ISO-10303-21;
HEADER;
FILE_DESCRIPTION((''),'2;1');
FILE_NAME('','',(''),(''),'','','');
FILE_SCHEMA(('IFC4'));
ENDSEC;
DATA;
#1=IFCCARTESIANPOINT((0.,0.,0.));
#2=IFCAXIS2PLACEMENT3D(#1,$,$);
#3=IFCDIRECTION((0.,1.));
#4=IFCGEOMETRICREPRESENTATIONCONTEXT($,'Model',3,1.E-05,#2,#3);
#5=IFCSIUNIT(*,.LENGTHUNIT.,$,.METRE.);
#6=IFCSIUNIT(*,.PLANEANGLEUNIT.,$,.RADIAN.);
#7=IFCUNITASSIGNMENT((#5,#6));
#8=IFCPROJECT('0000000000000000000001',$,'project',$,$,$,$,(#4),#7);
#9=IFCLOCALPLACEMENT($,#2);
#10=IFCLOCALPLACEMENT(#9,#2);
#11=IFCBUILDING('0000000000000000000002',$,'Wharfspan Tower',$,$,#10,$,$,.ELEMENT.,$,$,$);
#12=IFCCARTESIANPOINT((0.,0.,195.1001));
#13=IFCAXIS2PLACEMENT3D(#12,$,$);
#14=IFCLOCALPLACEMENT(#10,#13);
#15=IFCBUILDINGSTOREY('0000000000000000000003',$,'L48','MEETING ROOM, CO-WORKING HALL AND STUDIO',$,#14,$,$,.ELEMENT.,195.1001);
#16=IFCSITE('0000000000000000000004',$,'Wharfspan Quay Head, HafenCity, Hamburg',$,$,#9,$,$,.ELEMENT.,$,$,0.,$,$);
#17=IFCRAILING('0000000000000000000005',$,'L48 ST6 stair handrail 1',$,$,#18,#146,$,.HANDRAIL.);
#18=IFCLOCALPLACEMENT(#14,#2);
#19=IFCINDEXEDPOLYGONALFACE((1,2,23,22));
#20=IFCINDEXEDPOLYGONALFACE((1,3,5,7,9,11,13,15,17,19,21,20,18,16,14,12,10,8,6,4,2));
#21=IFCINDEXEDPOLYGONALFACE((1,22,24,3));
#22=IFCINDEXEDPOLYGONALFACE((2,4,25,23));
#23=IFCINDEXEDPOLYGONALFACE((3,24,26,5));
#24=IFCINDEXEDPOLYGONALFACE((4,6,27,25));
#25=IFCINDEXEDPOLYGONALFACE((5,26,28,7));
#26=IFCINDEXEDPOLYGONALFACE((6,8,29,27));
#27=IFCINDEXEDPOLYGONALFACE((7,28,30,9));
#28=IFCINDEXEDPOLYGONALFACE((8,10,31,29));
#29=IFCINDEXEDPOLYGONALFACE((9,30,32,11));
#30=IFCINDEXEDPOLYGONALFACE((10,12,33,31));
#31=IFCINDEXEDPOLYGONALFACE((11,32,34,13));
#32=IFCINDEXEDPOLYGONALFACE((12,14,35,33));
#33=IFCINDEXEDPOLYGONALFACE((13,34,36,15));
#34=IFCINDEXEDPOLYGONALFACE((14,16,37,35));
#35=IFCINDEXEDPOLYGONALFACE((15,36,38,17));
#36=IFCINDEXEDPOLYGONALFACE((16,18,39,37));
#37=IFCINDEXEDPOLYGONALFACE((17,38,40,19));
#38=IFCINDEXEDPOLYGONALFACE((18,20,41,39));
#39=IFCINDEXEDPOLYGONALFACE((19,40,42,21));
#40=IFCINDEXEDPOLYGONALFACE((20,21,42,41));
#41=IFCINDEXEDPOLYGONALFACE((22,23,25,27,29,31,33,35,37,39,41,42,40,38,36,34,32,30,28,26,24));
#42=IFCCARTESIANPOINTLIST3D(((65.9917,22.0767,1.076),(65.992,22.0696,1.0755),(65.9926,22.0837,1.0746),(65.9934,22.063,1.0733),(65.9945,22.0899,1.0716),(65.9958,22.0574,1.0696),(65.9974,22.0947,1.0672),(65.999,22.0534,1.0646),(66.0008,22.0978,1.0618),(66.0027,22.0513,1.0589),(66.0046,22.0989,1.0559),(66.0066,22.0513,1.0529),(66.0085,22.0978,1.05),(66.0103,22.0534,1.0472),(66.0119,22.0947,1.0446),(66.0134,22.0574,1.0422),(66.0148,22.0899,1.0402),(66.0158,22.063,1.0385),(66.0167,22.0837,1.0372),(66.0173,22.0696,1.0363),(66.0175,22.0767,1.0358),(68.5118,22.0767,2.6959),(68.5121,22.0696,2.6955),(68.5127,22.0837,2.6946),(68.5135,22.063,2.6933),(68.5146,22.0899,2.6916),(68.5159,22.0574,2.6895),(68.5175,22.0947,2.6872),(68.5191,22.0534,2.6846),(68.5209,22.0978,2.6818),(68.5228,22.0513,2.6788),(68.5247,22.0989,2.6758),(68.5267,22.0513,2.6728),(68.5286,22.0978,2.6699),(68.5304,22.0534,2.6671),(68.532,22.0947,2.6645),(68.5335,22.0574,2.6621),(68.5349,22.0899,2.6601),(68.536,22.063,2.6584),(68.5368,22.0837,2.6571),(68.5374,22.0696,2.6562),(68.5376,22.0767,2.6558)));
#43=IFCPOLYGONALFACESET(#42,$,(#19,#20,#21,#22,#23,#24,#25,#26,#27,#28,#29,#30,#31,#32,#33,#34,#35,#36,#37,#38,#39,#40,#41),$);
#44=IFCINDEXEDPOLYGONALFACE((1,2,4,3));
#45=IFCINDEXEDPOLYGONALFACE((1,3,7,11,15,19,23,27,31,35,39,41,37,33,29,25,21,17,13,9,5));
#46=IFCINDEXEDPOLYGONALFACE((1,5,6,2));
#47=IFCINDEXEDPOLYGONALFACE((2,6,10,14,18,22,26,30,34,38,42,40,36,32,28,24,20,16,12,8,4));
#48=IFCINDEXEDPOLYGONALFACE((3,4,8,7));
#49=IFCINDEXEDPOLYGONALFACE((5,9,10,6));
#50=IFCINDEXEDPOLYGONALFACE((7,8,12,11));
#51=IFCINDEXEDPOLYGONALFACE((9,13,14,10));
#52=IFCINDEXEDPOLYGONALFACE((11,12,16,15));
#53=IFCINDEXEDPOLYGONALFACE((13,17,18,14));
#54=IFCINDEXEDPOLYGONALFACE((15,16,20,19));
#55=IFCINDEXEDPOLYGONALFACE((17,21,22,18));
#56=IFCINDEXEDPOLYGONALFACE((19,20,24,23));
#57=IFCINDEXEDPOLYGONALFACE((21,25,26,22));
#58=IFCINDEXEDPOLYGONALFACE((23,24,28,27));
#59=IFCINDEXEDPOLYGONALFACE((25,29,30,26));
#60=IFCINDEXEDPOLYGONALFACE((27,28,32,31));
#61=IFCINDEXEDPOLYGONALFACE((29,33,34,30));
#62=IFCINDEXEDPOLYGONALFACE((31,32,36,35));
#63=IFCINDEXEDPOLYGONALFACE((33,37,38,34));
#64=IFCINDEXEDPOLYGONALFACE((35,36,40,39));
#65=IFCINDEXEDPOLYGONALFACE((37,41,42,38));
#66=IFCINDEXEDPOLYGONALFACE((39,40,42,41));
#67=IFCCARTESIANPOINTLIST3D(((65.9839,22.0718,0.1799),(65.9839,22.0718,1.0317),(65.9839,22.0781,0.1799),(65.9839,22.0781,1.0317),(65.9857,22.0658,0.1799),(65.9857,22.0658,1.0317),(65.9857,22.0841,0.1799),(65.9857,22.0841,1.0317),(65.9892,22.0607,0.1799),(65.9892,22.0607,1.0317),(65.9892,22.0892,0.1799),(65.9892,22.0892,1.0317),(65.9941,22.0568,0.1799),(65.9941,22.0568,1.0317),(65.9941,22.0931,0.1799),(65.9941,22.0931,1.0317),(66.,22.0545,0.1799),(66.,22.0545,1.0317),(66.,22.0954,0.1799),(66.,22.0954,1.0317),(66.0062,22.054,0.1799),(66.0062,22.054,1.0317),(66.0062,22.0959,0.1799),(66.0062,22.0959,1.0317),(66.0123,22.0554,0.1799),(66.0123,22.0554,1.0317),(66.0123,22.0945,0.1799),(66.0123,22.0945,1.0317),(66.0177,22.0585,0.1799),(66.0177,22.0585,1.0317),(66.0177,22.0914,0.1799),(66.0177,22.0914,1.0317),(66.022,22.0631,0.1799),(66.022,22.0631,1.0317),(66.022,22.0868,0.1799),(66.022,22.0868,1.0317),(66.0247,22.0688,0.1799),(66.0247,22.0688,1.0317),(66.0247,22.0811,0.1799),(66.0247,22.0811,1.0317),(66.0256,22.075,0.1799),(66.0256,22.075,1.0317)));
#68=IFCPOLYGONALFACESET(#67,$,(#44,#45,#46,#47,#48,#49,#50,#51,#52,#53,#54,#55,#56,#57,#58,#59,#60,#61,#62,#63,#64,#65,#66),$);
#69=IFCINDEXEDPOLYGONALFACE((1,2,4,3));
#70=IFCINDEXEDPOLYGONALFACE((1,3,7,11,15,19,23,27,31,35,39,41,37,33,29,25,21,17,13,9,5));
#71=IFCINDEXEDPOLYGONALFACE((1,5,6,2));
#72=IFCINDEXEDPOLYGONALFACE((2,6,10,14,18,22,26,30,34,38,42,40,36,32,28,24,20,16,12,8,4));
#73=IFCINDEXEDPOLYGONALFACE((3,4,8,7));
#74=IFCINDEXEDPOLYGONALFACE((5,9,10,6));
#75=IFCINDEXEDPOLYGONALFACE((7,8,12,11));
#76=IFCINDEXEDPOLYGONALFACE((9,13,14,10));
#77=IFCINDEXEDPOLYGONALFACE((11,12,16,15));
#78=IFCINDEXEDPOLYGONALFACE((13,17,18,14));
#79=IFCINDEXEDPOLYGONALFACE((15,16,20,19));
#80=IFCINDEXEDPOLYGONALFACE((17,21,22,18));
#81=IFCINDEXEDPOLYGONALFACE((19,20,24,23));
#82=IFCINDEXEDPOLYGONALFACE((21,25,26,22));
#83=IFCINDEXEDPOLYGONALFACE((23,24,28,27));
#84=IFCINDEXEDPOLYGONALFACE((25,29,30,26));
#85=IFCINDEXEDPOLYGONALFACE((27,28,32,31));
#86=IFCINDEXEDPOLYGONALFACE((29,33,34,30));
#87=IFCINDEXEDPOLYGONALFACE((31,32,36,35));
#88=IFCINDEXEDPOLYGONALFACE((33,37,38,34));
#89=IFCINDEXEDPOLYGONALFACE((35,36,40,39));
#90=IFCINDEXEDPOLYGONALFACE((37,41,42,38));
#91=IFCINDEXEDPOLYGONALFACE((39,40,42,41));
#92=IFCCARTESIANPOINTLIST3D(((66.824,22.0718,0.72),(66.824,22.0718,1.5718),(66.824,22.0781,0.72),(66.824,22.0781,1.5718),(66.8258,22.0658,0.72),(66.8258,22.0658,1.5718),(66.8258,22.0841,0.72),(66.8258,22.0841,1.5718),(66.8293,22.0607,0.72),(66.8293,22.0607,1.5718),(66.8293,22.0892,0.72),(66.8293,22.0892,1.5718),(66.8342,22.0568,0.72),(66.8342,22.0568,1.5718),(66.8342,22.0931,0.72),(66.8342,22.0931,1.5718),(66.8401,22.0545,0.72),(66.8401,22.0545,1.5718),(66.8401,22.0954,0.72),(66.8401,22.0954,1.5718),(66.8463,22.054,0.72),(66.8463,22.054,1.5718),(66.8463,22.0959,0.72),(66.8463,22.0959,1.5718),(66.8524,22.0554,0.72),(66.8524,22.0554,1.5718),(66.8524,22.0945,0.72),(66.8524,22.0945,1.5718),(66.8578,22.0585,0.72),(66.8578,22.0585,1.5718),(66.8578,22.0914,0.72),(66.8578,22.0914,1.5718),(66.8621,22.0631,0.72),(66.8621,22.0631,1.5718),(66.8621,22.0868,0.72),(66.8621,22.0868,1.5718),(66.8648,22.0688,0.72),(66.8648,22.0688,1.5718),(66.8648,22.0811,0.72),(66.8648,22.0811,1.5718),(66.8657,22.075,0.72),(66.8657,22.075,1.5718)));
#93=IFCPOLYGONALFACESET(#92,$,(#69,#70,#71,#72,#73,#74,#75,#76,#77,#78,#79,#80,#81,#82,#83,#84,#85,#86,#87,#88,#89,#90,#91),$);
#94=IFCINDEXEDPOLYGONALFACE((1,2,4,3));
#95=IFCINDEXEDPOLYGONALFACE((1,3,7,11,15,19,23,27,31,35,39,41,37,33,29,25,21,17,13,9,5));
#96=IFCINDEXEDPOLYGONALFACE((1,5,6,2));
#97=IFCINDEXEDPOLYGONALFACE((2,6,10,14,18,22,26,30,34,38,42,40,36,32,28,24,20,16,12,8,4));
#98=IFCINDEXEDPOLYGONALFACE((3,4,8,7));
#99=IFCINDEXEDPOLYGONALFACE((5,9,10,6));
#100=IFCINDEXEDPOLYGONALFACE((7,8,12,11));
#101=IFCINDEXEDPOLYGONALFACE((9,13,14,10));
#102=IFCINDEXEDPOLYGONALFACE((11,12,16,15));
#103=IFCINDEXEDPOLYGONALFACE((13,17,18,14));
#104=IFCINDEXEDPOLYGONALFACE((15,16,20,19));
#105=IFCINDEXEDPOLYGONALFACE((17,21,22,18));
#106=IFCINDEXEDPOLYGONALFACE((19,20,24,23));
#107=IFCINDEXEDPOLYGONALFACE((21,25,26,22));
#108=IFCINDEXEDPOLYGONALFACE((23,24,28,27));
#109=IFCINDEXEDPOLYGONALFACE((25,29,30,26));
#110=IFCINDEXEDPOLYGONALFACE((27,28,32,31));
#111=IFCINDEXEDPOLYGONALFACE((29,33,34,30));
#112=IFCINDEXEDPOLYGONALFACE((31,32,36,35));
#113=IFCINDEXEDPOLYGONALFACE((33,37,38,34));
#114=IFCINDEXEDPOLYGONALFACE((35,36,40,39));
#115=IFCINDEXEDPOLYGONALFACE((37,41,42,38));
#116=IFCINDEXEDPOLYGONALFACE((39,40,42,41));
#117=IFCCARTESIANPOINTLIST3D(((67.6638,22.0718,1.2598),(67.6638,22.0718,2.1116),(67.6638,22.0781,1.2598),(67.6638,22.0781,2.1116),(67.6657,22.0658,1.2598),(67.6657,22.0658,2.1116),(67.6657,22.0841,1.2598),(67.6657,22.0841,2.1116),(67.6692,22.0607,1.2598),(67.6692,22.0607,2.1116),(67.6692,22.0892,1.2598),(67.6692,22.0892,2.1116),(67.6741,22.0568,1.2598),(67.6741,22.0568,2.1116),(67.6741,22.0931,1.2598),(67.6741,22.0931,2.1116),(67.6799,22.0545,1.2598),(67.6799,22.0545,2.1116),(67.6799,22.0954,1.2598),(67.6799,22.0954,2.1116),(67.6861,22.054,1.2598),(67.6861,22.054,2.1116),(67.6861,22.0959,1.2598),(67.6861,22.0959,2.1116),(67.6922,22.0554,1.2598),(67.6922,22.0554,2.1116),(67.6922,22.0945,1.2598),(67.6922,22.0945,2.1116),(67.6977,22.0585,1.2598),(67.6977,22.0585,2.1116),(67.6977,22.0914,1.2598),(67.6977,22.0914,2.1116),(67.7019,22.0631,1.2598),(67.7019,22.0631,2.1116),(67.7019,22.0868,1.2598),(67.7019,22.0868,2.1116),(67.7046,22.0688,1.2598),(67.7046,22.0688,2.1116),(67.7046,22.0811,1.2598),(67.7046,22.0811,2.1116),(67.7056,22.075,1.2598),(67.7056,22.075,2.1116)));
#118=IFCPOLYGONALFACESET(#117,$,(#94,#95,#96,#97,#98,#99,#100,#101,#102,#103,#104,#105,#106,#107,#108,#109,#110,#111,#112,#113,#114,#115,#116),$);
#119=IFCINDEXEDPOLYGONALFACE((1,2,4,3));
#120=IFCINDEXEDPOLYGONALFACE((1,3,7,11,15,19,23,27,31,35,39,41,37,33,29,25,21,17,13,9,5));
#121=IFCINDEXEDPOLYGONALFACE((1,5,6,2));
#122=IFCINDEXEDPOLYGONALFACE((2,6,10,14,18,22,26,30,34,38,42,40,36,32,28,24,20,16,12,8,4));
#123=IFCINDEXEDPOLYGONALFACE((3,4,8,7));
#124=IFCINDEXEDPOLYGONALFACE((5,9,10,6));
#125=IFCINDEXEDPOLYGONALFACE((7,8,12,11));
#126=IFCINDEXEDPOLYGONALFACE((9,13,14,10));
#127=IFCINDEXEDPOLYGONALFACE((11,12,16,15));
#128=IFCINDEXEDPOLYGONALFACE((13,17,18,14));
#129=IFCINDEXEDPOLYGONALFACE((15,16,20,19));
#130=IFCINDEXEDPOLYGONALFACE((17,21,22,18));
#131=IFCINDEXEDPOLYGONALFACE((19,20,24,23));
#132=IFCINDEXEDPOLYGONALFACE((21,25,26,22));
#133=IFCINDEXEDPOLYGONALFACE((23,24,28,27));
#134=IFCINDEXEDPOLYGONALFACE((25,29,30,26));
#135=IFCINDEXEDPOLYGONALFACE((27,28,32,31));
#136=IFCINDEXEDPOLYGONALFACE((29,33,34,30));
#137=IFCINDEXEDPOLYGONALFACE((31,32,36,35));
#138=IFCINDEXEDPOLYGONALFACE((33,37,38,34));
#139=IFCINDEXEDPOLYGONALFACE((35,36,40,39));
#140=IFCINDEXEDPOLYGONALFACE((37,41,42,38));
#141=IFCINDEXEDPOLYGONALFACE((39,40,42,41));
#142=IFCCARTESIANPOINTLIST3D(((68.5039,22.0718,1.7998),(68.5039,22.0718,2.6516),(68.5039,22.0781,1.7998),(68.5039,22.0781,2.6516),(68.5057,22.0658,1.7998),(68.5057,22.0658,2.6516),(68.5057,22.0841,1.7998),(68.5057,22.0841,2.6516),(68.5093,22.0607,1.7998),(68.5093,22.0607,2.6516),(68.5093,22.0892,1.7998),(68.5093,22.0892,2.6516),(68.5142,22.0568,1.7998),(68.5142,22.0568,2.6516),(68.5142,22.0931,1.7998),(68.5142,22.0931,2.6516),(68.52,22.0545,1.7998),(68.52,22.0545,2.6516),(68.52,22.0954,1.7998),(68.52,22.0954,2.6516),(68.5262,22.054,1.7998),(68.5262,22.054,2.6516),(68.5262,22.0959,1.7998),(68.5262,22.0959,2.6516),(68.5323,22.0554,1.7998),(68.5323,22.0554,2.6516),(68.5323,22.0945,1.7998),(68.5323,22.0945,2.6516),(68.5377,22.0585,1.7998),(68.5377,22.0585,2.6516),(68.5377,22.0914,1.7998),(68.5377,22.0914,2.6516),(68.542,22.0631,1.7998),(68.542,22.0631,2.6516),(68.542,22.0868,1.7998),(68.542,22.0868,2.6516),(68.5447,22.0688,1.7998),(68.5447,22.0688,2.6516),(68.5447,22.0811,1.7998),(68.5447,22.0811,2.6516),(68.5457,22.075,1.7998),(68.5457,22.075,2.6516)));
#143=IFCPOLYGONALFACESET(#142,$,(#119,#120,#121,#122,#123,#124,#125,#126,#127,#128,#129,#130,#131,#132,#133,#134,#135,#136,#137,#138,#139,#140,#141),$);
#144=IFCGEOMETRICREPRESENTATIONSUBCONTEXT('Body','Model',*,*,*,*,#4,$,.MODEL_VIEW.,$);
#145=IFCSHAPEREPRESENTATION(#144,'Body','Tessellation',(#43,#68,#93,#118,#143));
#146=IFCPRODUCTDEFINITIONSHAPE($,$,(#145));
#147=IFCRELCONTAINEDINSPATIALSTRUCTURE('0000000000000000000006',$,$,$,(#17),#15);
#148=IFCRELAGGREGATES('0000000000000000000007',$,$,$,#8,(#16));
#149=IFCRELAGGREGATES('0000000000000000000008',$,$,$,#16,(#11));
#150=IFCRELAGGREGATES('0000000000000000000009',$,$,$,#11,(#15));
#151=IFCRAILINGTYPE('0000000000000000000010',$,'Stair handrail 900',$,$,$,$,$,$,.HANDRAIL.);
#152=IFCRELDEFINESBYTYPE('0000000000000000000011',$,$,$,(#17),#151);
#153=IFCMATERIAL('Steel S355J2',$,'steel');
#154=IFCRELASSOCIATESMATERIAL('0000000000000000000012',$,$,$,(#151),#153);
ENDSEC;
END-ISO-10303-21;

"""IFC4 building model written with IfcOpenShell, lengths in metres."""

from ifc_helpers import new_model, si_unit, direction, frame, origin, origin_2d, place, context, subcontext, project, spatial, circle, extrude, material, type_object, element, save


model = new_model("IFC4")

# Units and contexts
model_context = context("Model", 3, precision=1e-05, world=origin(), true_north=direction((0.0, 1.0)))
body_context = subcontext(model_context, "Body", "Model", "MODEL_VIEW")
ifc_project = project(units=[si_unit("LENGTHUNIT", "METRE"), si_unit("PLANEANGLEUNIT", "RADIAN")], contexts=[model_context])

# Site, building, storey
site_placement = place(None, origin())
site = spatial("IfcSite", under=ifc_project, at=site_placement, Name="Wharfspan Quay Head, HafenCity, Hamburg", CompositionType="ELEMENT", RefElevation=0.0)
building_placement = place(site_placement, origin())
building = spatial("IfcBuilding", under=site, at=building_placement, Name="Wharfspan Tower", CompositionType="ELEMENT")
storey_placement = place(building_placement, frame((0.0, 0.0, 195.1001)))
storey = spatial("IfcBuildingStorey", under=building, at=storey_placement, Name="L48", Description="MEETING ROOM, CO-WORKING HALL AND STUDIO", CompositionType="ELEMENT", Elevation=195.1001)

# Railing
ifc_material_1 = material(Name="Steel S355J2", Category="steel")
railing_type_1 = type_object("IfcRailingType", Name="Stair handrail 900", PredefinedType="HANDRAIL", material=ifc_material_1)
railing_1_placement = place(storey_placement, frame((66.0046, 22.075, 0.1799)))
element("IfcRailing", 1, at=railing_1_placement, inside=storey, type_object=railing_type_1, Name="L48 ST6 stair handrail 1", PredefinedType="HANDRAIL", context=body_context, shape_type="SweptSolid", body=[
    extrude(circle(Radius=0.0239, at=origin_2d()), frame((0.0, 0.0, 0.876), z_axis=(0.8412, 0.0, 0.540725), x_axis=(0.0, 1.0, 0.0)), (0.0, 0.0, 1.0), 2.9958),
    extrude(circle(Radius=0.021, at=origin_2d()), origin(), (0.0, 0.0, 1.0), 0.8518),
    extrude(circle(Radius=0.021, at=origin_2d()), frame((0.8401, 0.0, 0.54)), (0.0, 0.0, 1.0), 0.8518),
    extrude(circle(Radius=0.021, at=origin_2d()), frame((1.6799, 0.0, 1.0798)), (0.0, 0.0, 1.0), 0.8518),
    extrude(circle(Radius=0.021, at=origin_2d()), frame((2.52, 0.0, 1.6199)), (0.0, 0.0, 1.0), 0.8518),
])

save(model, "model.ifc")
